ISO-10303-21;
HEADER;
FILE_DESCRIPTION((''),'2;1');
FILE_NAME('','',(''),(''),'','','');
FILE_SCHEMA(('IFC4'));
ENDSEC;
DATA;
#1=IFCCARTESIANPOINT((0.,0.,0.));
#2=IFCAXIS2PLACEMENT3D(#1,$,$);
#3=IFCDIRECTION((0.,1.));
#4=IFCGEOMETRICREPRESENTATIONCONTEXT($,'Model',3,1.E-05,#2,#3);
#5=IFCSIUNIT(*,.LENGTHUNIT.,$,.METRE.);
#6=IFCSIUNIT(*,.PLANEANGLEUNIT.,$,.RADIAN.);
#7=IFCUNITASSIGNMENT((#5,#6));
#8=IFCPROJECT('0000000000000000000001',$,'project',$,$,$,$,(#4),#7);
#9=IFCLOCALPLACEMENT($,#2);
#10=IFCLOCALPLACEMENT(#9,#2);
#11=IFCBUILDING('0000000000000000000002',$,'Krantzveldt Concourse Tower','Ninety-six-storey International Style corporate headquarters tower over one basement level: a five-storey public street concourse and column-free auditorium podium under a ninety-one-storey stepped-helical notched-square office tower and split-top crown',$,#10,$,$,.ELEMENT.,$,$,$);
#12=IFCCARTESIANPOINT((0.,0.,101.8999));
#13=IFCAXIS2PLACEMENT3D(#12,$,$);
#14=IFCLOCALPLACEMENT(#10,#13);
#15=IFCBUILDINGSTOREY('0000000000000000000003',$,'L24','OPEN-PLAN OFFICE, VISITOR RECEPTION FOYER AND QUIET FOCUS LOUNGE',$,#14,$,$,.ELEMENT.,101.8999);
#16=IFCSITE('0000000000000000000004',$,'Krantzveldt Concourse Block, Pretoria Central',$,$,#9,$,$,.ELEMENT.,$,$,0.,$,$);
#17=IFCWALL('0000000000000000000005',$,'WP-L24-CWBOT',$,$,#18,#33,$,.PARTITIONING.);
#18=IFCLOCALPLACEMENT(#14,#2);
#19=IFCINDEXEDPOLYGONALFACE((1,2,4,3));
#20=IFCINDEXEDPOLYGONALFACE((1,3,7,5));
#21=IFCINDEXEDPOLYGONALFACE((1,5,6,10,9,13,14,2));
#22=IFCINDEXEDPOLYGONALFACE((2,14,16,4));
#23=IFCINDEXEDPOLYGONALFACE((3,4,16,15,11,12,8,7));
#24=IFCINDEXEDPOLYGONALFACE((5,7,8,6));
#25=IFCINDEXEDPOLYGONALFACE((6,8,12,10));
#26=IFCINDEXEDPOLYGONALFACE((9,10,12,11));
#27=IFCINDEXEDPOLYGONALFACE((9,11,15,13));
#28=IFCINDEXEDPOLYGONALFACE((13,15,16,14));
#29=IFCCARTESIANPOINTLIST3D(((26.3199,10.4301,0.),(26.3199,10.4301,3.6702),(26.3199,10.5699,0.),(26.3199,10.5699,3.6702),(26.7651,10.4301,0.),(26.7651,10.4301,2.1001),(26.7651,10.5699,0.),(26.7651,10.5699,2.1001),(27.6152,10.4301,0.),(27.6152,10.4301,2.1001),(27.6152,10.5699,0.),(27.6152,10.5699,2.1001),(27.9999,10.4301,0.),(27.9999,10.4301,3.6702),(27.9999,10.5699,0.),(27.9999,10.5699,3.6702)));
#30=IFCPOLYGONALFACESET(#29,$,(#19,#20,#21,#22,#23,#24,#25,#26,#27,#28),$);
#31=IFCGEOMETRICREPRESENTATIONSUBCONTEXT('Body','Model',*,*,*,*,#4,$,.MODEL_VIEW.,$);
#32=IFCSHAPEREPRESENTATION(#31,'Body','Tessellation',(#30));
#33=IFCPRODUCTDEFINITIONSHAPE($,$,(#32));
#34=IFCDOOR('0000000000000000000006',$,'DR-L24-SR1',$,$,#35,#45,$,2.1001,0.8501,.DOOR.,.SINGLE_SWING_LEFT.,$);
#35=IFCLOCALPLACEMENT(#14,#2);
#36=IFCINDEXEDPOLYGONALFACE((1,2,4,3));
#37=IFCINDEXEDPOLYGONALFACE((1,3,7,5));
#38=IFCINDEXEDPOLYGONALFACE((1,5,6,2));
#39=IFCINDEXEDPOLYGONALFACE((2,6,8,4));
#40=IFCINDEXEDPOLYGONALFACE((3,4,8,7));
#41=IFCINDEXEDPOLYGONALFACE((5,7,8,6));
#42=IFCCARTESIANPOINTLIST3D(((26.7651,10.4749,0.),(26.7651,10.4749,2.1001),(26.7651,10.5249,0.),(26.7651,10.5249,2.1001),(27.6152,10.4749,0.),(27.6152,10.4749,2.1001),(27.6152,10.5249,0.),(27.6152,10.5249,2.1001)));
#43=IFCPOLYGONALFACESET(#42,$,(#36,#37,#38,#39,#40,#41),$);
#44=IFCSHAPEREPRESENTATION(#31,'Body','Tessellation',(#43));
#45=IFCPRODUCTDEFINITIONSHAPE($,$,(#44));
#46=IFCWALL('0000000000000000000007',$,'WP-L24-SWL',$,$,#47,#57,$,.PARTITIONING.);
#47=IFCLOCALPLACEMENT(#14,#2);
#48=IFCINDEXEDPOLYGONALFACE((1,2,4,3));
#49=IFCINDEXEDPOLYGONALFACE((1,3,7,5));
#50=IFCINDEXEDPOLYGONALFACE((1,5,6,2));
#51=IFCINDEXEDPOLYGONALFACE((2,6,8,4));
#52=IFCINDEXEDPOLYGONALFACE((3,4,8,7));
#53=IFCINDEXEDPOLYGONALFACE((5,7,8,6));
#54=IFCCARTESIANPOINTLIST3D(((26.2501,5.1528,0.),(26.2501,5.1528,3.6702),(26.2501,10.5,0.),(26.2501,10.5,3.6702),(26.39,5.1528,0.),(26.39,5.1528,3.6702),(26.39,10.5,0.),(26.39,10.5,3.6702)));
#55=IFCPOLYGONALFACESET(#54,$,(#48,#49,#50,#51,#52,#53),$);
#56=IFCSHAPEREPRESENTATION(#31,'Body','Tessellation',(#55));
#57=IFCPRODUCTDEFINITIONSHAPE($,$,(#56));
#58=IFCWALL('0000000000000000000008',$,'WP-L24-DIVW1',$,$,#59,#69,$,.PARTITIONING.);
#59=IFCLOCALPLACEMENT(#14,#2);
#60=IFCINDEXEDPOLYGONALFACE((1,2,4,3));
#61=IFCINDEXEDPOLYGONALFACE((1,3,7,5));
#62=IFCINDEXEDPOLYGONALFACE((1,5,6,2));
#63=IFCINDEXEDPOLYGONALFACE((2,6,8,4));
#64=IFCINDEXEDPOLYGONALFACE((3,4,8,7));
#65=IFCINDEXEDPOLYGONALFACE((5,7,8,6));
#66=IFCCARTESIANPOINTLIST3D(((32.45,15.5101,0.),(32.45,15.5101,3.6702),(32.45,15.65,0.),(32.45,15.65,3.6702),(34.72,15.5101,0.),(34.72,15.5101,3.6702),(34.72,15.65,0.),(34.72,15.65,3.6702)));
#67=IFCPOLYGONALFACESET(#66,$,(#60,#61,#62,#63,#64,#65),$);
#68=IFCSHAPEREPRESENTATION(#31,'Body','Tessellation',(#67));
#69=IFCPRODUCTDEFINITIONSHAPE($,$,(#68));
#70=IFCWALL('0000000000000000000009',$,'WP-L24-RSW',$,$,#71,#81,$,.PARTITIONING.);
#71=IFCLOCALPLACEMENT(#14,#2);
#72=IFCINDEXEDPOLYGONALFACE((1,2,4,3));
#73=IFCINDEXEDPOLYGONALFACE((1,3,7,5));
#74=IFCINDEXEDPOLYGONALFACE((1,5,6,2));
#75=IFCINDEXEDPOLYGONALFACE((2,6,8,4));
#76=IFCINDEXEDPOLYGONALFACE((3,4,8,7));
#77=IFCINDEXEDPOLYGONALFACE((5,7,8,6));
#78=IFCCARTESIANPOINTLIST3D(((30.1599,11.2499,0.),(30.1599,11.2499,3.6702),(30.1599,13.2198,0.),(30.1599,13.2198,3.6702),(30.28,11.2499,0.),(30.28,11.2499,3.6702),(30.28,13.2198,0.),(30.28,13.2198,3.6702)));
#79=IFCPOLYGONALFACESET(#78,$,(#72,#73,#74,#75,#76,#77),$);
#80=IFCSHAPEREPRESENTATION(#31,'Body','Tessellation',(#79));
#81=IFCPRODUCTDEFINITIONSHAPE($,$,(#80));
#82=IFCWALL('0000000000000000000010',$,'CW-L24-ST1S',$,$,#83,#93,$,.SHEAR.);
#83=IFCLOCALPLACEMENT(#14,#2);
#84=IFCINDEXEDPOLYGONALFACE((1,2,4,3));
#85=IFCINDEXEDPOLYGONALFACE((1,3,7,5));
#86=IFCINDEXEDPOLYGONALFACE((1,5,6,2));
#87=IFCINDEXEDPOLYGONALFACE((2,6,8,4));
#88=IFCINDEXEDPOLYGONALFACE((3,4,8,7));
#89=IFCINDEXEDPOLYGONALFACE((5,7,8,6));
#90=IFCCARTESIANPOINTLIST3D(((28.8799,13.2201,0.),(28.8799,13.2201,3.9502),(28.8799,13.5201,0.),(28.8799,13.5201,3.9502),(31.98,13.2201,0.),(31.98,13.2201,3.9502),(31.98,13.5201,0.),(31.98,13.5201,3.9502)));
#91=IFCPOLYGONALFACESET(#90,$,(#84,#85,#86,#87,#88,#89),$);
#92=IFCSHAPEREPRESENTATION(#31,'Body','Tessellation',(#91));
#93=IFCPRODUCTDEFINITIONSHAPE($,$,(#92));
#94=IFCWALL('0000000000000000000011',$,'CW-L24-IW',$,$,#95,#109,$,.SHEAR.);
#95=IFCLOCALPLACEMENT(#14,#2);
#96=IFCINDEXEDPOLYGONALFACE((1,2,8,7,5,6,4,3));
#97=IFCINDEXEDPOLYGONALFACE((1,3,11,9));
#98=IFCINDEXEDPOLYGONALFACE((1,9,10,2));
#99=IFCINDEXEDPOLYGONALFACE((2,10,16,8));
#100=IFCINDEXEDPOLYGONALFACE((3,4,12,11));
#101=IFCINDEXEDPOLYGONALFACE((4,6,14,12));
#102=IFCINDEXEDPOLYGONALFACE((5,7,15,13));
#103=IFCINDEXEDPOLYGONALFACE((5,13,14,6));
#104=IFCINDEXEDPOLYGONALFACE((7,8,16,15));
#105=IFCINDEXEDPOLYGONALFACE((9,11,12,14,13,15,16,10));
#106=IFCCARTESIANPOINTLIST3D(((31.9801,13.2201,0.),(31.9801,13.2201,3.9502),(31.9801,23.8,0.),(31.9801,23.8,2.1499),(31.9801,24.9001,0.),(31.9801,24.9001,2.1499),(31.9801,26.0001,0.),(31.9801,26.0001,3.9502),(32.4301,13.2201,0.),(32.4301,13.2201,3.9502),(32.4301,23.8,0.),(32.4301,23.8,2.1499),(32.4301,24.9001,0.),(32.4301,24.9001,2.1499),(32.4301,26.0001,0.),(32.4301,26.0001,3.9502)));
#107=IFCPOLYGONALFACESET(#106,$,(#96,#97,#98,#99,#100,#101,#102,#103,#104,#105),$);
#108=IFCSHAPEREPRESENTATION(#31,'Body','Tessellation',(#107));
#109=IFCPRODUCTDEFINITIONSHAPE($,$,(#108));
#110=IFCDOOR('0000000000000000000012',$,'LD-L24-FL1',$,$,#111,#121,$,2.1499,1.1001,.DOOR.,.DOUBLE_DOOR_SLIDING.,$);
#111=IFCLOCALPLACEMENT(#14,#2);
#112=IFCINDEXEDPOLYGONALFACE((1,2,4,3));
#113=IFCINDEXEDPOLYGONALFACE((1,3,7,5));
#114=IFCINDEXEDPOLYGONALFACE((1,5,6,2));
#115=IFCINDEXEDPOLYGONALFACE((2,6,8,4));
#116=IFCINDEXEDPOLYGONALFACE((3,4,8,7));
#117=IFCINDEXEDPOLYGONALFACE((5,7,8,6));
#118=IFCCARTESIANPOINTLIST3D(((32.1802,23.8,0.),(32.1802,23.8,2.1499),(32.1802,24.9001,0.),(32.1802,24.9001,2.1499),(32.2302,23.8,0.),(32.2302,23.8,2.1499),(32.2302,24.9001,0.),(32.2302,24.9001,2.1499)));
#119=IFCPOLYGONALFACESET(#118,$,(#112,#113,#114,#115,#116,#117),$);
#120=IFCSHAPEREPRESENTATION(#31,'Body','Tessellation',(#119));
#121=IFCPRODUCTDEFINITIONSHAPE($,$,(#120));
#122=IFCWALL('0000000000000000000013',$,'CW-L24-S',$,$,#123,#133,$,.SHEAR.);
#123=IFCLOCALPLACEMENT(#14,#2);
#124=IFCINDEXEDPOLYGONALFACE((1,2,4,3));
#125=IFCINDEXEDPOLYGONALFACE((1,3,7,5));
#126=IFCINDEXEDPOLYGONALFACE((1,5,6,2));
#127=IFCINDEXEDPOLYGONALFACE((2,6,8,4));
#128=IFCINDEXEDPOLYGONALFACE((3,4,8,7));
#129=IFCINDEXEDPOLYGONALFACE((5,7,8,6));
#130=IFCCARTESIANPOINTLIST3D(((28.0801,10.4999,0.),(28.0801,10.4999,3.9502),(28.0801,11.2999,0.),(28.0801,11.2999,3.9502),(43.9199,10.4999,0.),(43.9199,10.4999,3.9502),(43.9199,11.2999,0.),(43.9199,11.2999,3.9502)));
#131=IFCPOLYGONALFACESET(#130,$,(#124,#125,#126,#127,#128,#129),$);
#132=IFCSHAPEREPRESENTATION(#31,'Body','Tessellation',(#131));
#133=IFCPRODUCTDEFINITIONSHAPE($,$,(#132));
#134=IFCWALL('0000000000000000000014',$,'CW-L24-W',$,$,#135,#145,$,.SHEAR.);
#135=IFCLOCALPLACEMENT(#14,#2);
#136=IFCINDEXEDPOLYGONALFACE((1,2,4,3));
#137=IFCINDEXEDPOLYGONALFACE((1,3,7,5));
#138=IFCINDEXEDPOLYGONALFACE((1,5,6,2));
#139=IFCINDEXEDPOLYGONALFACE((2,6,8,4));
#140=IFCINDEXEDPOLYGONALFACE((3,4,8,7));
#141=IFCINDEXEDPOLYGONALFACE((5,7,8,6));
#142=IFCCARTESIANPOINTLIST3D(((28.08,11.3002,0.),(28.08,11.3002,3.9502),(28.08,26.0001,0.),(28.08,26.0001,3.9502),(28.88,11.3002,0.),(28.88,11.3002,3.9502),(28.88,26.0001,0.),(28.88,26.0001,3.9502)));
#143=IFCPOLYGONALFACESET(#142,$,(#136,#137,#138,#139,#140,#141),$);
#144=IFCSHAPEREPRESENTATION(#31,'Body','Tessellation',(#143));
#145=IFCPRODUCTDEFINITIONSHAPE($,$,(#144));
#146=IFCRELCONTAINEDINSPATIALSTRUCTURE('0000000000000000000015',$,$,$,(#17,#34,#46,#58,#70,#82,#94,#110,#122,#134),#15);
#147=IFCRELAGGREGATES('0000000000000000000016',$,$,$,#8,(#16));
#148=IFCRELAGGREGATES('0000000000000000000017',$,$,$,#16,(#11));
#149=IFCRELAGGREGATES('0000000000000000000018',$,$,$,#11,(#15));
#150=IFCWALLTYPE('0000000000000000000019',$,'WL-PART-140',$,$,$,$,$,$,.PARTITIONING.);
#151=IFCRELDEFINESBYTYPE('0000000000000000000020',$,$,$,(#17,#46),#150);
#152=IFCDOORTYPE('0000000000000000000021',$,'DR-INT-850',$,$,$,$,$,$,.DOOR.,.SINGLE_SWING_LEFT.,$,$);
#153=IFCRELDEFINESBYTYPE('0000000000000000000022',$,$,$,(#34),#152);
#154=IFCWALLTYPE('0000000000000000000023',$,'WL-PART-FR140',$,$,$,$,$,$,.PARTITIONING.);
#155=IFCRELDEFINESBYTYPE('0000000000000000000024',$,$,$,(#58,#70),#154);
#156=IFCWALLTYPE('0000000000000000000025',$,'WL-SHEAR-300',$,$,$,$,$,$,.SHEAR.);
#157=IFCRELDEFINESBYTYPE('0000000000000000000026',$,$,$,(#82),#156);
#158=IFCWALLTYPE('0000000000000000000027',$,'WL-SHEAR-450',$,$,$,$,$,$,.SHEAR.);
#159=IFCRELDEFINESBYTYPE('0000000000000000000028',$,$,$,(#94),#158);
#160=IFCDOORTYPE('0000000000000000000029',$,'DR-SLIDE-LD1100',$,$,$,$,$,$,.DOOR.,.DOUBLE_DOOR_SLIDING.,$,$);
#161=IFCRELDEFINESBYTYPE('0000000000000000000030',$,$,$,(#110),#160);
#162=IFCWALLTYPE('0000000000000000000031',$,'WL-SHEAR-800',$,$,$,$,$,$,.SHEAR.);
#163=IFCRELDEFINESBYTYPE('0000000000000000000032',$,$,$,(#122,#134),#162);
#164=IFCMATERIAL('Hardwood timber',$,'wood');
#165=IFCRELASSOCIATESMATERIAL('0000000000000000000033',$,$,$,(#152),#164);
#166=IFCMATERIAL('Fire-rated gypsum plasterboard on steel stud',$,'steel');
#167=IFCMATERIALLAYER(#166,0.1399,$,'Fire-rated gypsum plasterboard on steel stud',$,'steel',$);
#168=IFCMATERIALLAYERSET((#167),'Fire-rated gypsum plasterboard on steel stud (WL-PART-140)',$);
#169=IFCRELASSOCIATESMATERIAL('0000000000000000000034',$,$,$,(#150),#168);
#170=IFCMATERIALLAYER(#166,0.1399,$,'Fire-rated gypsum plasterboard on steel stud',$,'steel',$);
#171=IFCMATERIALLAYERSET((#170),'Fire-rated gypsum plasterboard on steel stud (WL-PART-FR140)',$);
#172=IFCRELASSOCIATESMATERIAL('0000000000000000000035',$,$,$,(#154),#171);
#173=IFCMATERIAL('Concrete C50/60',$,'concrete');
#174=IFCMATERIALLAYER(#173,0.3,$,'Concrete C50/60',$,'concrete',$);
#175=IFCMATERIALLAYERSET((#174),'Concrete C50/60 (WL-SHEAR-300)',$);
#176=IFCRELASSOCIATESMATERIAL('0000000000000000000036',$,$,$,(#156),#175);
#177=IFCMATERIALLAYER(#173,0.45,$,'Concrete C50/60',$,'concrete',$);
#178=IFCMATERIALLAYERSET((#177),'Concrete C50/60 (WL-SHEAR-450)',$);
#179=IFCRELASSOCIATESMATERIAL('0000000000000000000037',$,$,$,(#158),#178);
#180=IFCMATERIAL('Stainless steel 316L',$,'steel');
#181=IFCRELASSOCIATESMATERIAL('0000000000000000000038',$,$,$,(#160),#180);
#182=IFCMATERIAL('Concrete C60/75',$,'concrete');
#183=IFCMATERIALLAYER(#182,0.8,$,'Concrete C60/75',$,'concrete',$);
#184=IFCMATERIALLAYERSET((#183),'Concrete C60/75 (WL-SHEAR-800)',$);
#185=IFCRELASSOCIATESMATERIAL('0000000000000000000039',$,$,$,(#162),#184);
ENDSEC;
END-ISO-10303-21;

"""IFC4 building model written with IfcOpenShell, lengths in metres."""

from ifc_helpers import new_model, si_unit, direction, frame, frame_2d, origin, place, context, subcontext, project, spatial, rectangle, extrude, material, layer, layer_set, type_object, element, fill, save


model = new_model("IFC4")

# Units and contexts
model_context = context("Model", 3, precision=1e-05, world=origin(), true_north=direction((0.0, 1.0)))
body_context = subcontext(model_context, "Body", "Model", "MODEL_VIEW")
ifc_project = project(units=[si_unit("LENGTHUNIT", "METRE"), si_unit("PLANEANGLEUNIT", "RADIAN")], contexts=[model_context])

# Site, building, storey
site_placement = place(None, origin())
site = spatial("IfcSite", under=ifc_project, at=site_placement, Name="Krantzveldt Concourse Block, Pretoria Central", CompositionType="ELEMENT", RefElevation=0.0)
building_placement = place(site_placement, origin())
building = spatial("IfcBuilding", under=site, at=building_placement, Name="Krantzveldt Concourse Tower", Description="Ninety-six-storey International Style corporate headquarters tower over one basement level: a five-storey public street concourse and column-free auditorium podium under a ninety-one-storey stepped-helical notched-square office tower and split-top crown", CompositionType="ELEMENT")
storey_placement = place(building_placement, frame((0.0, 0.0, 101.8999)))
storey = spatial("IfcBuildingStorey", under=building, at=storey_placement, Name="L24", Description="OPEN-PLAN OFFICE, VISITOR RECEPTION FOYER AND QUIET FOCUS LOUNGE", CompositionType="ELEMENT", Elevation=101.8999)

# Shared definitions
ifc_material_1 = material(Name="Fire-rated gypsum plasterboard on steel stud", Category="steel")
ifc_material_2 = material(Name="Hardwood timber", Category="wood")
door_type_1 = type_object("IfcDoorType", Name="DR-INT-850", OperationType="SINGLE_SWING_LEFT", PredefinedType="DOOR", material=ifc_material_2)

# Shared definitions
ifc_layer_1 = layer(ifc_material_1, 0.1399, Name="Fire-rated gypsum plasterboard on steel stud", Category="steel")
ifc_layer_set_1 = layer_set([ifc_layer_1], Name="Fire-rated gypsum plasterboard on steel stud (WL-PART-140)")
wall_type_1 = type_object("IfcWallType", Name="WL-PART-140", PredefinedType="PARTITIONING", material=ifc_layer_set_1)

# Wall, opening, door
wall_1_placement = place(storey_placement, frame((26.3201, 10.5, 0.0), z_axis=(0.0, 0.0, 1.0), x_axis=(1.0, 0.0, 0.0)))
wall_1 = element("IfcWall", 1, at=wall_1_placement, inside=storey, type_object=wall_type_1, Name="WP-L24-CWBOT", PredefinedType="PARTITIONING", context=body_context, shape_type="SweptSolid", body=[
    extrude(rectangle(XDim=1.6799, YDim=0.1399, at=frame_2d((0.8398, 0.0))), origin(), (0.0, 0.0, 1.0), 3.6702),
])
opening_1_placement = place(wall_1_placement, frame((0.4451, 0.0, 0.0)))
opening_1 = element("IfcOpeningElement", 2, at=opening_1_placement, cuts=wall_1, PredefinedType="OPENING", context=body_context, shape_type="SweptSolid", body=[
    extrude(rectangle(XDim=0.8501, YDim=2.1001, at=frame_2d((0.425, 1.05))), frame((0.0, 0.0801, 0.0), z_axis=(0.0, -1.0, 0.0), x_axis=(1.0, 0.0, 0.0)), (0.0, 0.0, 1.0), 0.1599),
])
door_1_placement = place(opening_1_placement, origin())
door_1 = element("IfcDoor", 3, at=door_1_placement, inside=storey, type_object=door_type_1, Name="DR-L24-SR1", OperationType="SINGLE_SWING_LEFT", OverallHeight=2.1001, OverallWidth=0.8501, PredefinedType="DOOR", context=body_context, shape_type="SweptSolid", body=[
    extrude(rectangle(XDim=0.8501, YDim=2.1001, at=frame_2d((0.425, 1.05))), frame((0.0, 0.0249, 0.0), z_axis=(0.0, -1.0, 0.0), x_axis=(1.0, 0.0, 0.0)), (0.0, 0.0, 1.0), 0.05),
])
fill(opening_1, door_1)

# Walls
wall_2_placement = place(storey_placement, frame((26.3201, 5.1528, 0.0), z_axis=(0.0, 0.0, 1.0), x_axis=(0.0, 1.0, 0.0)))
element("IfcWall", 4, at=wall_2_placement, inside=storey, type_object=wall_type_1, Name="WP-L24-SWL", PredefinedType="PARTITIONING", context=body_context, shape_type="SweptSolid", body=[
    extrude(rectangle(XDim=5.3472, YDim=0.1399, at=frame_2d((2.6736, 0.0))), origin(), (0.0, 0.0, 1.0), 3.6702),
])
ifc_layer_2 = layer(ifc_material_1, 0.1399, Name="Fire-rated gypsum plasterboard on steel stud", Category="steel")
ifc_layer_set_2 = layer_set([ifc_layer_2], Name="Fire-rated gypsum plasterboard on steel stud (WL-PART-FR140)")
wall_type_2 = type_object("IfcWallType", Name="WL-PART-FR140", PredefinedType="PARTITIONING", material=ifc_layer_set_2)
wall_3_placement = place(storey_placement, frame((32.45, 15.5801, 0.0), z_axis=(0.0, 0.0, 1.0), x_axis=(1.0, 0.0, 0.0)))
element("IfcWall", 5, at=wall_3_placement, inside=storey, type_object=wall_type_2, Name="WP-L24-DIVW1", PredefinedType="PARTITIONING", context=body_context, shape_type="SweptSolid", body=[
    extrude(rectangle(XDim=2.27, YDim=0.1399, at=frame_2d((1.135, 0.0))), origin(), (0.0, 0.0, 1.0), 3.6702),
])
wall_4_placement = place(storey_placement, frame((30.22, 11.25, 0.0), z_axis=(0.0, 0.0, 1.0), x_axis=(0.0, 1.0, 0.0)))
element("IfcWall", 6, at=wall_4_placement, inside=storey, type_object=wall_type_2, Name="WP-L24-RSW", PredefinedType="PARTITIONING", context=body_context, shape_type="SweptSolid", body=[
    extrude(rectangle(XDim=1.97, YDim=0.1201, at=frame_2d((0.9849, 0.0))), origin(), (0.0, 0.0, 1.0), 3.6702),
])
ifc_material_3 = material(Name="Concrete C50/60", Category="concrete")
ifc_layer_3 = layer(ifc_material_3, 0.3, Name="Concrete C50/60", Category="concrete")
ifc_layer_set_3 = layer_set([ifc_layer_3], Name="Concrete C50/60 (WL-SHEAR-300)")
wall_type_3 = type_object("IfcWallType", Name="WL-SHEAR-300", PredefinedType="SHEAR", material=ifc_layer_set_3)
wall_5_placement = place(storey_placement, frame((28.8799, 13.3701, 0.0), z_axis=(0.0, 0.0, 1.0), x_axis=(1.0, 0.0, 0.0)))
element("IfcWall", 7, at=wall_5_placement, inside=storey, type_object=wall_type_3, Name="CW-L24-ST1S", PredefinedType="SHEAR", context=body_context, shape_type="SweptSolid", body=[
    extrude(rectangle(XDim=3.1001, YDim=0.3, at=frame_2d((1.55, 0.0))), origin(), (0.0, 0.0, 1.0), 3.9502),
])

# Wall, opening, door
ifc_layer_4 = layer(ifc_material_3, 0.45, Name="Concrete C50/60", Category="concrete")
ifc_layer_set_4 = layer_set([ifc_layer_4], Name="Concrete C50/60 (WL-SHEAR-450)")
wall_type_4 = type_object("IfcWallType", Name="WL-SHEAR-450", PredefinedType="SHEAR", material=ifc_layer_set_4)
wall_6_placement = place(storey_placement, frame((32.2051, 13.22, 0.0), z_axis=(0.0, 0.0, 1.0), x_axis=(0.0, 1.0, 0.0)))
wall_6 = element("IfcWall", 8, at=wall_6_placement, inside=storey, type_object=wall_type_4, Name="CW-L24-IW", PredefinedType="SHEAR", context=body_context, shape_type="SweptSolid", body=[
    extrude(rectangle(XDim=12.78, YDim=0.45, at=frame_2d((6.3901, 0.0))), origin(), (0.0, 0.0, 1.0), 3.9502),
])
opening_2_placement = place(wall_6_placement, frame((10.5801, 0.0, 0.0)))
opening_2 = element("IfcOpeningElement", 9, at=opening_2_placement, cuts=wall_6, PredefinedType="OPENING", context=body_context, shape_type="SweptSolid", body=[
    extrude(rectangle(XDim=1.1001, YDim=2.1499, at=frame_2d((0.55, 1.075))), frame((0.0, 0.2349, 0.0), z_axis=(0.0, -1.0, 0.0), x_axis=(1.0, 0.0, 0.0)), (0.0, 0.0, 1.0), 0.47),
])
ifc_material_4 = material(Name="Stainless steel 316L", Category="steel")
door_type_2 = type_object("IfcDoorType", Name="DR-SLIDE-LD1100", OperationType="DOUBLE_DOOR_SLIDING", PredefinedType="DOOR", material=ifc_material_4)
door_2_placement = place(opening_2_placement, origin())
door_2 = element("IfcDoor", 10, at=door_2_placement, inside=storey, type_object=door_type_2, Name="LD-L24-FL1", OperationType="DOUBLE_DOOR_SLIDING", OverallHeight=2.1499, OverallWidth=1.1001, PredefinedType="DOOR", context=body_context, shape_type="SweptSolid", body=[
    extrude(rectangle(XDim=1.1001, YDim=2.1499, at=frame_2d((0.55, 1.075))), frame((0.0, 0.0249, 0.0), z_axis=(0.0, -1.0, 0.0), x_axis=(1.0, 0.0, 0.0)), (0.0, 0.0, 1.0), 0.05),
])
fill(opening_2, door_2)

# Walls
ifc_material_5 = material(Name="Concrete C60/75", Category="concrete")
ifc_layer_5 = layer(ifc_material_5, 0.8, Name="Concrete C60/75", Category="concrete")
ifc_layer_set_5 = layer_set([ifc_layer_5], Name="Concrete C60/75 (WL-SHEAR-800)")
wall_type_5 = type_object("IfcWallType", Name="WL-SHEAR-800", PredefinedType="SHEAR", material=ifc_layer_set_5)
wall_7_placement = place(storey_placement, frame((28.0801, 10.8999, 0.0), z_axis=(0.0, 0.0, 1.0), x_axis=(1.0, 0.0, 0.0)))
element("IfcWall", 11, at=wall_7_placement, inside=storey, type_object=wall_type_5, Name="CW-L24-S", PredefinedType="SHEAR", context=body_context, shape_type="SweptSolid", body=[
    extrude(rectangle(XDim=15.8398, YDim=0.8, at=frame_2d((7.9199, 0.0))), origin(), (0.0, 0.0, 1.0), 3.9502),
])
wall_8_placement = place(storey_placement, frame((28.48, 11.3, 0.0), z_axis=(0.0, 0.0, 1.0), x_axis=(0.0, 1.0, 0.0)))
element("IfcWall", 12, at=wall_8_placement, inside=storey, type_object=wall_type_5, Name="CW-L24-W", PredefinedType="SHEAR", context=body_context, shape_type="SweptSolid", body=[
    extrude(rectangle(XDim=14.7, YDim=0.8, at=frame_2d((7.3501, 0.0))), origin(), (0.0, 0.0, 1.0), 3.9502),
])

save(model, "model.ifc")
